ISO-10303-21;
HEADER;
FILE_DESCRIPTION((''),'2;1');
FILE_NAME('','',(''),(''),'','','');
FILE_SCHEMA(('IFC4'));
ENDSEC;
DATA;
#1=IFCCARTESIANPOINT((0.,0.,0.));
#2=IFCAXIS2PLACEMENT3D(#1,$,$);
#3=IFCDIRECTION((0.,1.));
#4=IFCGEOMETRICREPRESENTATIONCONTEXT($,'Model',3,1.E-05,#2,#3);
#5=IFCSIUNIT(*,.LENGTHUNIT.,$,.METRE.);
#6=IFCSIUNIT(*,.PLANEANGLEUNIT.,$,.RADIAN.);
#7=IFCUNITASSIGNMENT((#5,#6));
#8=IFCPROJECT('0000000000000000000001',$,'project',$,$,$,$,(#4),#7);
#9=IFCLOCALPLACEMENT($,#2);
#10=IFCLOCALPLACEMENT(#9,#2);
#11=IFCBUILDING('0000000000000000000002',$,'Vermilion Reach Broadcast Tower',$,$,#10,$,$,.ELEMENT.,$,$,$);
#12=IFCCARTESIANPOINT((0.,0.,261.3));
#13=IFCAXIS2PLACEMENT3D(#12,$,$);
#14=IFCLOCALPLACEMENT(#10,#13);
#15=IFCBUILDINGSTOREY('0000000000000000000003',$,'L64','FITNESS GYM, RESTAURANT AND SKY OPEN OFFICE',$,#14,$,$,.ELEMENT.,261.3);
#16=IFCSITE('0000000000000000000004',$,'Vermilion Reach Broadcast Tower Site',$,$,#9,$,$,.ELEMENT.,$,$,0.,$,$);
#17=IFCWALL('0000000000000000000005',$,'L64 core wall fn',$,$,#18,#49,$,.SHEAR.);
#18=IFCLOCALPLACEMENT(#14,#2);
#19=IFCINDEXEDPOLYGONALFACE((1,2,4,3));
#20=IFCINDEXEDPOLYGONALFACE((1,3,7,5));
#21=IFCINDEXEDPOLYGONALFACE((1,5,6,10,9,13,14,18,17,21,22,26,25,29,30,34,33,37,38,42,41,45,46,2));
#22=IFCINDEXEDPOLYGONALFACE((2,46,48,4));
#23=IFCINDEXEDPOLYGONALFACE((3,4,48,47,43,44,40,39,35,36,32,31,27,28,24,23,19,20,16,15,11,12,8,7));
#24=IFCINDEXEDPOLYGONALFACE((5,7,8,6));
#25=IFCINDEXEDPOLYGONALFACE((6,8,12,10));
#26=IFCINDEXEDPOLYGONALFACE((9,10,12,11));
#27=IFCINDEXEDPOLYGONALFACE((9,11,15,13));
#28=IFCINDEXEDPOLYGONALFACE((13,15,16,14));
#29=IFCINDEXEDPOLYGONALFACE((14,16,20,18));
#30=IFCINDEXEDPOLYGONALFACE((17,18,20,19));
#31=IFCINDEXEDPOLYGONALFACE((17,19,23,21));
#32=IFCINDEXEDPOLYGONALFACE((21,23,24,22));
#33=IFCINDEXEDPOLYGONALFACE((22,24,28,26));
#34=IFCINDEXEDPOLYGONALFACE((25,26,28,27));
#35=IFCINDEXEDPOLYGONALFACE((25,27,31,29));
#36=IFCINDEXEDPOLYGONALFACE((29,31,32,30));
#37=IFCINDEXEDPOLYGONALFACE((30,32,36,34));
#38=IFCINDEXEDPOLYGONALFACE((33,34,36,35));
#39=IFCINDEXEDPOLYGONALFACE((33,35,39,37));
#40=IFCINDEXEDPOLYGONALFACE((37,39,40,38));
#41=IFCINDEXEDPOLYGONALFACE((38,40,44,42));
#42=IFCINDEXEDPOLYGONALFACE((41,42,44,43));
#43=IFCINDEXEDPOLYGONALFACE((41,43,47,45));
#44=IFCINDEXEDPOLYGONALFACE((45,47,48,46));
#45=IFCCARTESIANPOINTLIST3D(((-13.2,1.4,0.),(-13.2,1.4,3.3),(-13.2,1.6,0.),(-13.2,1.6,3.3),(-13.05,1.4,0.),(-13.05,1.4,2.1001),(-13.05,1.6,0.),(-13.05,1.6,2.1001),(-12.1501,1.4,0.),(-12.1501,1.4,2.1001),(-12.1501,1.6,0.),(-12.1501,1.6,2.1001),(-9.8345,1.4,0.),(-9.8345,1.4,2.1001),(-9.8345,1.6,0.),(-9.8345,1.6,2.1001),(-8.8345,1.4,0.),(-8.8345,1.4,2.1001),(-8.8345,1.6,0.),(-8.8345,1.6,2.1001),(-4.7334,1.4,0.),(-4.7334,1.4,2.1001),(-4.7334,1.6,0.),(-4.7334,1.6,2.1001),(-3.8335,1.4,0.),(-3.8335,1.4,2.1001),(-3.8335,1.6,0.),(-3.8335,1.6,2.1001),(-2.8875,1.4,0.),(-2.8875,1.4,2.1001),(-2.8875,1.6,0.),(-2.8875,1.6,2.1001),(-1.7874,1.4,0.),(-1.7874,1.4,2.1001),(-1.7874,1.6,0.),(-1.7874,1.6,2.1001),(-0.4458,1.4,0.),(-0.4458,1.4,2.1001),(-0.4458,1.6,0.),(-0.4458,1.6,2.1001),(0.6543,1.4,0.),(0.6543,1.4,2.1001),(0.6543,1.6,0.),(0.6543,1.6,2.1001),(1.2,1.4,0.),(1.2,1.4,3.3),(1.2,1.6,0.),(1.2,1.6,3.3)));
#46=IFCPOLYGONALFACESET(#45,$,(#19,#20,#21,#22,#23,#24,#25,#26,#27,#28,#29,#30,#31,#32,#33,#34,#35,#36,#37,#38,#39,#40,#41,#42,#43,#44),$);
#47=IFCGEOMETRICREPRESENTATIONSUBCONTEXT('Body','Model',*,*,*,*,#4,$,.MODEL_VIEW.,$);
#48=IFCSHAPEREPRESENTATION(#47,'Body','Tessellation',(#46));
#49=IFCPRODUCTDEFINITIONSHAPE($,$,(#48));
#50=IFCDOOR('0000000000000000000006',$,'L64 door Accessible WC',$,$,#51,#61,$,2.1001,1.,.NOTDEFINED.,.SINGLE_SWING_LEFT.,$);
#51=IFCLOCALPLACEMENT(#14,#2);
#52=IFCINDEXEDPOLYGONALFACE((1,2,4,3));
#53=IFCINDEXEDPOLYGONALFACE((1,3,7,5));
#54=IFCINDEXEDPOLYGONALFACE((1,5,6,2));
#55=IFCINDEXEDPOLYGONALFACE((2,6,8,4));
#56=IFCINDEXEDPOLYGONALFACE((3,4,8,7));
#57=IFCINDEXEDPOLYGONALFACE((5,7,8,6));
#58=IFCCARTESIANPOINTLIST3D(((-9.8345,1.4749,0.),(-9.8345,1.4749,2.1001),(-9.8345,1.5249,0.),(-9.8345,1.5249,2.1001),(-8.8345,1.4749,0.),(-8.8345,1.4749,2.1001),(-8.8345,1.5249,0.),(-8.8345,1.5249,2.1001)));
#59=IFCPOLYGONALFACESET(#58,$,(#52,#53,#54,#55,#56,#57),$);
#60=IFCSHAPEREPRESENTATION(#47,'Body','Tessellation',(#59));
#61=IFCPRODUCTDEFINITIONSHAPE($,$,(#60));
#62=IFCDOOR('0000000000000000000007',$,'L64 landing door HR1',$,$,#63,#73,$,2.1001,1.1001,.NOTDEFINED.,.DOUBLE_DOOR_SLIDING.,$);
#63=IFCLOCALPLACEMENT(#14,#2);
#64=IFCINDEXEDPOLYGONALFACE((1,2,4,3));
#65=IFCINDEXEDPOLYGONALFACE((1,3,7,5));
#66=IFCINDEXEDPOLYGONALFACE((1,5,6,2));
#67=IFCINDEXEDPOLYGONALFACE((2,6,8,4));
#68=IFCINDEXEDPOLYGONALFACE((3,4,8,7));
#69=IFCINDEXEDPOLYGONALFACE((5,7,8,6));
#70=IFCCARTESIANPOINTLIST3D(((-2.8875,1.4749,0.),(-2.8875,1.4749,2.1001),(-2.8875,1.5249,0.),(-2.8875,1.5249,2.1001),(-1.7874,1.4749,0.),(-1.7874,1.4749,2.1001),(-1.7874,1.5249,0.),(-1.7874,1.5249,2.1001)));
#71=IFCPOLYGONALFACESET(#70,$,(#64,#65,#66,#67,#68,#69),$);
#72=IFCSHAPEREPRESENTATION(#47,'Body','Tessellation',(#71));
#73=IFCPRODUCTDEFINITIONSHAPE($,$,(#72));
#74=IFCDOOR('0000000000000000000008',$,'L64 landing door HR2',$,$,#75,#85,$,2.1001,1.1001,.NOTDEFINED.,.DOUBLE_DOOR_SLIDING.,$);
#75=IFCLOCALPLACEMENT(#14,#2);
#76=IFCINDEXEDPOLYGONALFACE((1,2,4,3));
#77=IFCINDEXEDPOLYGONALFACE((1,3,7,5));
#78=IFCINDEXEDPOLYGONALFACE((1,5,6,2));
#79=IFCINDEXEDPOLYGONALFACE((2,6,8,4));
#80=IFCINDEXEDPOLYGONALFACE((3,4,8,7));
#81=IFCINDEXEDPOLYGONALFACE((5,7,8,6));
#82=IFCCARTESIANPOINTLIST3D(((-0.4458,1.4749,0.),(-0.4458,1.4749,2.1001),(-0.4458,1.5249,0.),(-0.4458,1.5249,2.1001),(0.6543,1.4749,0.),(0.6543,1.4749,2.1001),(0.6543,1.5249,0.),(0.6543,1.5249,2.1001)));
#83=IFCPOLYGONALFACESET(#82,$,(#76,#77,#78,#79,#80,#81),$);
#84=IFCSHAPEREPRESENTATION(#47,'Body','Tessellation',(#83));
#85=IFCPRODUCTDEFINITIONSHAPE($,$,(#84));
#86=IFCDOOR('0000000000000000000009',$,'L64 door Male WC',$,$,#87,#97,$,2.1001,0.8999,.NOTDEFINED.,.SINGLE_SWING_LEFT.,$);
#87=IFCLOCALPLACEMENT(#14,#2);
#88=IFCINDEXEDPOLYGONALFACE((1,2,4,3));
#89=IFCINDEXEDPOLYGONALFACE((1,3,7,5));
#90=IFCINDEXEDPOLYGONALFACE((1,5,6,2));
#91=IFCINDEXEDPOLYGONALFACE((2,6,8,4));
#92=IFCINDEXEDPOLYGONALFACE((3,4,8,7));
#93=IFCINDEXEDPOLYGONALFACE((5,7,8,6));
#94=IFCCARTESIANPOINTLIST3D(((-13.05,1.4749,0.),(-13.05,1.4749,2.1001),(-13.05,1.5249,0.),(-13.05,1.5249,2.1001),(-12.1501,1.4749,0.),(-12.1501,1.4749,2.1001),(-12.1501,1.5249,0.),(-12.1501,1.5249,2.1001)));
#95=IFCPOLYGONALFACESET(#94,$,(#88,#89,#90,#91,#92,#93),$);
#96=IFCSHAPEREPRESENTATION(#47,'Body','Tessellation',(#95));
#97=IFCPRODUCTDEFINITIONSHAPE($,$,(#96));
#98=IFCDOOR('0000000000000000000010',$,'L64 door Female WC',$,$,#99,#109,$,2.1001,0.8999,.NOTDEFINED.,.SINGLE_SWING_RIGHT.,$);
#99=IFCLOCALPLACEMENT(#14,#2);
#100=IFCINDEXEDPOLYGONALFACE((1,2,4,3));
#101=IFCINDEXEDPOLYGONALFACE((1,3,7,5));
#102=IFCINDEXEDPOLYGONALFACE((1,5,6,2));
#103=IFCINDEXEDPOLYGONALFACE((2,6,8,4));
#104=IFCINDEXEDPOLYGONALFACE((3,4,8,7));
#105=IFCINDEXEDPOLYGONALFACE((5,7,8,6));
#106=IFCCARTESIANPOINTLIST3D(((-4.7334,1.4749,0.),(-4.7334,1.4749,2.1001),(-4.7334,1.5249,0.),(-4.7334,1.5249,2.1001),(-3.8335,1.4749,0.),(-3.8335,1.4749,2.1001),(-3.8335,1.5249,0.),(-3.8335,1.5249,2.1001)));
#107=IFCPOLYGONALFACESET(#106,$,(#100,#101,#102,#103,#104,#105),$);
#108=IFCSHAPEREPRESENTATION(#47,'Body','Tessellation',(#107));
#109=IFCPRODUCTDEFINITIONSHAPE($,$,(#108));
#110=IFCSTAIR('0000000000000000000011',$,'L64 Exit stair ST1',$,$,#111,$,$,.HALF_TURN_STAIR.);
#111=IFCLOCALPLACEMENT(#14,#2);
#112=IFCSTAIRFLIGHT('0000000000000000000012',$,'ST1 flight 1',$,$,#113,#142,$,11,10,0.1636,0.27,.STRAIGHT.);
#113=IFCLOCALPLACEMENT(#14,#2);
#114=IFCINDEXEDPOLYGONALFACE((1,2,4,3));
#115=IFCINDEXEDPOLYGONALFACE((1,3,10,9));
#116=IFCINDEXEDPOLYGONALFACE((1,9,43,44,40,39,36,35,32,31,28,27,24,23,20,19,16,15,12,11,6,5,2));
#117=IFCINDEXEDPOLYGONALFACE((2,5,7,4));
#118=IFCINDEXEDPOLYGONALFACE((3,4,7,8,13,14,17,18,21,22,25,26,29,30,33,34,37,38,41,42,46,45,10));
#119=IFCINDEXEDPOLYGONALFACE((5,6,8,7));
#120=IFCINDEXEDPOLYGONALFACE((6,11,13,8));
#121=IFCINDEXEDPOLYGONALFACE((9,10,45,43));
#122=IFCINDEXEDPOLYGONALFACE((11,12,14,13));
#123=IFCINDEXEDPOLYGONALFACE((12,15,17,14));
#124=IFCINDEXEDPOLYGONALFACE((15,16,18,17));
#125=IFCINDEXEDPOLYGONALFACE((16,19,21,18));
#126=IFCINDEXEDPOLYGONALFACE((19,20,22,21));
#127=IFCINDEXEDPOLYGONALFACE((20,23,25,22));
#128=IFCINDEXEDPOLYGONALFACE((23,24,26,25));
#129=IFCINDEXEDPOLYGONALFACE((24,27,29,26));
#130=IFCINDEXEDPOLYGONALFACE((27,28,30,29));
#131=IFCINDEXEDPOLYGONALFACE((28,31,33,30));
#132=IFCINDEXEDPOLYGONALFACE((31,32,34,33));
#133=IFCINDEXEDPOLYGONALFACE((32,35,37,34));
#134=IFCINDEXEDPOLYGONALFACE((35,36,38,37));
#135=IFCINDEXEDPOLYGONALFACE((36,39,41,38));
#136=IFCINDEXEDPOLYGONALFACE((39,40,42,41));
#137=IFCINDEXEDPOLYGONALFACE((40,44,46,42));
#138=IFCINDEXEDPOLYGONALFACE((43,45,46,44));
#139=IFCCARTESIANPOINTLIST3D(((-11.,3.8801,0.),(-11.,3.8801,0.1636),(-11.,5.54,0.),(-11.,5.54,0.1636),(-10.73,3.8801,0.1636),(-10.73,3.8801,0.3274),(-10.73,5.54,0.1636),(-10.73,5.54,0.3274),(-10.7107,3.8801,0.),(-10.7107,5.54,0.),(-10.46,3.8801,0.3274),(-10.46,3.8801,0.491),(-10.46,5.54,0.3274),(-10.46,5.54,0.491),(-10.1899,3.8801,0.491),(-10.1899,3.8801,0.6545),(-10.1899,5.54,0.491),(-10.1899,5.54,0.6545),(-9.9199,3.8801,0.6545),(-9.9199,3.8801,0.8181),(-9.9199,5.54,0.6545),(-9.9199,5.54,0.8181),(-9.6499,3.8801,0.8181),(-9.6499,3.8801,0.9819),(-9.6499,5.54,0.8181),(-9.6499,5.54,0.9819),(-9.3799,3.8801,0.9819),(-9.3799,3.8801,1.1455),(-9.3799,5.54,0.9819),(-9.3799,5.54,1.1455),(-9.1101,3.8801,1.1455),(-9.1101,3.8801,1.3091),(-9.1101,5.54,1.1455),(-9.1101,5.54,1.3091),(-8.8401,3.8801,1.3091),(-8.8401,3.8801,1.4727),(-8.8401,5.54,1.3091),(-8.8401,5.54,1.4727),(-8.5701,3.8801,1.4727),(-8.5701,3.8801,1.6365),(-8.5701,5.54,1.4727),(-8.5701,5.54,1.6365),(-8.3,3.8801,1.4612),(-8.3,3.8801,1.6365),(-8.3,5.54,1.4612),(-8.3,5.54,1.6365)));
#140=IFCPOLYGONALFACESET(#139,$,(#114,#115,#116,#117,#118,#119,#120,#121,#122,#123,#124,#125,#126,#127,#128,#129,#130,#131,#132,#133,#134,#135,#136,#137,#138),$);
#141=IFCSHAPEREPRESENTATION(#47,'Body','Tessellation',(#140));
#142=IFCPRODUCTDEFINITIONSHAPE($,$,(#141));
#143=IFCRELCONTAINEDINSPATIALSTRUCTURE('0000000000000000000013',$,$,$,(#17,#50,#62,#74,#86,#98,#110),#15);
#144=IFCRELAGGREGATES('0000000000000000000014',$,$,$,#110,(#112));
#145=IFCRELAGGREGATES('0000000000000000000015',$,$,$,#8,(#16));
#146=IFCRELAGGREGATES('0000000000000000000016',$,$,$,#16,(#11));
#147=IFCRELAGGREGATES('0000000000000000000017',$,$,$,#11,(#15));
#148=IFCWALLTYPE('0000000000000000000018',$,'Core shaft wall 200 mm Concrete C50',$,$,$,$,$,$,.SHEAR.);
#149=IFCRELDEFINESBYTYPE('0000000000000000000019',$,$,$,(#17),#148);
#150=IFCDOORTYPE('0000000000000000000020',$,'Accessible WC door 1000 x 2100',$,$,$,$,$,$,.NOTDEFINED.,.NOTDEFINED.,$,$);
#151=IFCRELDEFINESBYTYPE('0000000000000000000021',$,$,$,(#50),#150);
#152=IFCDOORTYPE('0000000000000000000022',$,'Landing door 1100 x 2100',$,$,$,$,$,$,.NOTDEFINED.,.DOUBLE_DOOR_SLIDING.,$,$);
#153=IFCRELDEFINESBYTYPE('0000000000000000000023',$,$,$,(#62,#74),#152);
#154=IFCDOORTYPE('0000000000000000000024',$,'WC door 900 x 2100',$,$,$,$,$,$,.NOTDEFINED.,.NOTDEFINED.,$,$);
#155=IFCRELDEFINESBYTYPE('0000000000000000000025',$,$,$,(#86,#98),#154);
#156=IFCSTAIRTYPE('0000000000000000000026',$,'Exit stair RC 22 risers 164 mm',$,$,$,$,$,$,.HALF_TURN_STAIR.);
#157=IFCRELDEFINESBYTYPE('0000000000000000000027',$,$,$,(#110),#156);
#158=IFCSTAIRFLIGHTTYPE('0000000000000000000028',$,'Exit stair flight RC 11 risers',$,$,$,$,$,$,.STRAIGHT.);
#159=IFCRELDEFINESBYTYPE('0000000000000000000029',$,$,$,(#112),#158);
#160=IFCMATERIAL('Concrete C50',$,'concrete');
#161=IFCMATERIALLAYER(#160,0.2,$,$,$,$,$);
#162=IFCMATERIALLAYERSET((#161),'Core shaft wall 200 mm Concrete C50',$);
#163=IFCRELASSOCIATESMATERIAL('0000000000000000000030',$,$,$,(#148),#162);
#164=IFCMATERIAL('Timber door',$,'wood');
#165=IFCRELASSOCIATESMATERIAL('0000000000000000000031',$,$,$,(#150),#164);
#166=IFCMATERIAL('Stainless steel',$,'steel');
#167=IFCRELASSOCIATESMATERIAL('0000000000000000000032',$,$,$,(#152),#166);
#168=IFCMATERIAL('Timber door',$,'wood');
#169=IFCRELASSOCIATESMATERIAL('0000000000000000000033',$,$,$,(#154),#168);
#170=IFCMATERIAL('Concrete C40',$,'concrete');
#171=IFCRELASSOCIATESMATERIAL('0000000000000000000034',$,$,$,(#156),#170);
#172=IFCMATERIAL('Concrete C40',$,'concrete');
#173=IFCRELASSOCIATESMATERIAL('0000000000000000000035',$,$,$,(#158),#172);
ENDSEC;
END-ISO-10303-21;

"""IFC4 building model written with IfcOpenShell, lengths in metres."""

from ifc_helpers import new_model, si_unit, direction, frame, frame_2d, origin, place, context, subcontext, project, spatial, polyline, rectangle, outline, extrude, material, layer, layer_set, type_object, element, fill, aggregate, save


model = new_model("IFC4")

# Units and contexts
model_context = context("Model", 3, precision=1e-05, world=origin(), true_north=direction((0.0, 1.0)))
body_context = subcontext(model_context, "Body", "Model", "MODEL_VIEW")
ifc_project = project(units=[si_unit("LENGTHUNIT", "METRE"), si_unit("PLANEANGLEUNIT", "RADIAN")], contexts=[model_context])

# Site, building, storey
site_placement = place(None, origin())
site = spatial("IfcSite", under=ifc_project, at=site_placement, Name="Vermilion Reach Broadcast Tower Site", CompositionType="ELEMENT", RefElevation=0.0)
building_placement = place(site_placement, origin())
building = spatial("IfcBuilding", under=site, at=building_placement, Name="Vermilion Reach Broadcast Tower", CompositionType="ELEMENT")
storey_placement = place(building_placement, frame((0.0, 0.0, 261.3)))
storey = spatial("IfcBuildingStorey", under=building, at=storey_placement, Name="L64", Description="FITNESS GYM, RESTAURANT AND SKY OPEN OFFICE", CompositionType="ELEMENT", Elevation=261.3)

# Wall, openings, doors
ifc_material_1 = material(Name="Concrete C50", Category="concrete")
ifc_layer_1 = layer(ifc_material_1, 0.2)
ifc_layer_set_1 = layer_set([ifc_layer_1], Name="Core shaft wall 200 mm Concrete C50")
wall_type_1 = type_object("IfcWallType", Name="Core shaft wall 200 mm Concrete C50", PredefinedType="SHEAR", material=ifc_layer_set_1)
wall_1_placement = place(storey_placement, frame((-13.2, 1.5, 0.0), z_axis=(0.0, 0.0, 1.0), x_axis=(1.0, 0.0, 0.0)))
wall_1 = element("IfcWall", 1, at=wall_1_placement, inside=storey, type_object=wall_type_1, Name="L64 core wall fn", PredefinedType="SHEAR", context=body_context, shape_type="SweptSolid", body=[
    extrude(rectangle(XDim=14.3999, YDim=0.2, at=frame_2d((7.2, 0.0))), origin(), (0.0, 0.0, 1.0), 3.3),
])
opening_1_placement = place(wall_1_placement, frame((10.3125, 0.0, 0.0)))
opening_1 = element("IfcOpeningElement", 2, at=opening_1_placement, cuts=wall_1, PredefinedType="OPENING", context=body_context, shape_type="SweptSolid", body=[
    extrude(rectangle(XDim=1.1001, YDim=2.1001, at=frame_2d((0.55, 1.05))), frame((0.0, 0.1099, 0.0), z_axis=(0.0, -1.0, 0.0), x_axis=(1.0, 0.0, 0.0)), (0.0, 0.0, 1.0), 0.22),
])
opening_2_placement = place(wall_1_placement, frame((12.7542, 0.0, 0.0)))
opening_2 = element("IfcOpeningElement", 3, at=opening_2_placement, cuts=wall_1, PredefinedType="OPENING", context=body_context, shape_type="SweptSolid", body=[
    extrude(rectangle(XDim=1.1001, YDim=2.1001, at=frame_2d((0.55, 1.05))), frame((0.0, 0.1099, 0.0), z_axis=(0.0, -1.0, 0.0), x_axis=(1.0, 0.0, 0.0)), (0.0, 0.0, 1.0), 0.22),
])
opening_3_placement = place(wall_1_placement, frame((0.1499, 0.0, 0.0)))
opening_3 = element("IfcOpeningElement", 4, at=opening_3_placement, cuts=wall_1, PredefinedType="OPENING", context=body_context, shape_type="SweptSolid", body=[
    extrude(rectangle(XDim=0.8999, YDim=2.1001, at=frame_2d((0.45, 1.05))), frame((0.0, 0.1099, 0.0), z_axis=(0.0, -1.0, 0.0), x_axis=(1.0, 0.0, 0.0)), (0.0, 0.0, 1.0), 0.22),
])
opening_4_placement = place(wall_1_placement, frame((3.3655, 0.0, 0.0)))
opening_4 = element("IfcOpeningElement", 5, at=opening_4_placement, cuts=wall_1, PredefinedType="OPENING", context=body_context, shape_type="SweptSolid", body=[
    extrude(rectangle(XDim=1.0, YDim=2.1001, at=frame_2d((0.5, 1.05))), frame((0.0, 0.1099, 0.0), z_axis=(0.0, -1.0, 0.0), x_axis=(1.0, 0.0, 0.0)), (0.0, 0.0, 1.0), 0.22),
])
opening_5_placement = place(wall_1_placement, frame((8.4666, 0.0, 0.0)))
opening_5 = element("IfcOpeningElement", 6, at=opening_5_placement, cuts=wall_1, PredefinedType="OPENING", context=body_context, shape_type="SweptSolid", body=[
    extrude(rectangle(XDim=0.8999, YDim=2.1001, at=frame_2d((0.45, 1.05))), frame((0.0, 0.1099, 0.0), z_axis=(0.0, -1.0, 0.0), x_axis=(1.0, 0.0, 0.0)), (0.0, 0.0, 1.0), 0.22),
])
ifc_material_2 = material(Name="Timber door", Category="wood")
door_type_1 = type_object("IfcDoorType", Name="Accessible WC door 1000 x 2100", OperationType="NOTDEFINED", PredefinedType="NOTDEFINED", material=ifc_material_2)
door_1_placement = place(opening_4_placement, origin())
door_1 = element("IfcDoor", 7, at=door_1_placement, inside=storey, type_object=door_type_1, Name="L64 door Accessible WC", OperationType="SINGLE_SWING_LEFT", OverallHeight=2.1001, OverallWidth=1.0, PredefinedType="NOTDEFINED", context=body_context, shape_type="SweptSolid", body=[
    extrude(rectangle(XDim=1.0, YDim=2.1001, at=frame_2d((0.5, 1.05))), frame((0.0, 0.0249, 0.0), z_axis=(0.0, -1.0, 0.0), x_axis=(1.0, 0.0, 0.0)), (0.0, 0.0, 1.0), 0.05),
])
fill(opening_4, door_1)
ifc_material_3 = material(Name="Stainless steel", Category="steel")
door_type_2 = type_object("IfcDoorType", Name="Landing door 1100 x 2100", OperationType="DOUBLE_DOOR_SLIDING", PredefinedType="NOTDEFINED", material=ifc_material_3)
door_2_placement = place(opening_1_placement, origin())
door_2 = element("IfcDoor", 8, at=door_2_placement, inside=storey, type_object=door_type_2, Name="L64 landing door HR1", OperationType="DOUBLE_DOOR_SLIDING", OverallHeight=2.1001, OverallWidth=1.1001, PredefinedType="NOTDEFINED", context=body_context, shape_type="SweptSolid", body=[
    extrude(rectangle(XDim=1.1001, YDim=2.1001, at=frame_2d((0.55, 1.05))), frame((0.0, 0.0249, 0.0), z_axis=(0.0, -1.0, 0.0), x_axis=(1.0, 0.0, 0.0)), (0.0, 0.0, 1.0), 0.05),
])
fill(opening_1, door_2)
door_3_placement = place(opening_2_placement, origin())
door_3 = element("IfcDoor", 9, at=door_3_placement, inside=storey, type_object=door_type_2, Name="L64 landing door HR2", OperationType="DOUBLE_DOOR_SLIDING", OverallHeight=2.1001, OverallWidth=1.1001, PredefinedType="NOTDEFINED", context=body_context, shape_type="SweptSolid", body=[
    extrude(rectangle(XDim=1.1001, YDim=2.1001, at=frame_2d((0.55, 1.05))), frame((0.0, 0.0249, 0.0), z_axis=(0.0, -1.0, 0.0), x_axis=(1.0, 0.0, 0.0)), (0.0, 0.0, 1.0), 0.05),
])
fill(opening_2, door_3)
ifc_material_4 = material(Name="Timber door", Category="wood")
door_type_3 = type_object("IfcDoorType", Name="WC door 900 x 2100", OperationType="NOTDEFINED", PredefinedType="NOTDEFINED", material=ifc_material_4)
door_4_placement = place(opening_3_placement, origin())
door_4 = element("IfcDoor", 10, at=door_4_placement, inside=storey, type_object=door_type_3, Name="L64 door Male WC", OperationType="SINGLE_SWING_LEFT", OverallHeight=2.1001, OverallWidth=0.8999, PredefinedType="NOTDEFINED", context=body_context, shape_type="SweptSolid", body=[
    extrude(rectangle(XDim=0.8999, YDim=2.1001, at=frame_2d((0.45, 1.05))), frame((0.0, 0.0249, 0.0), z_axis=(0.0, -1.0, 0.0), x_axis=(1.0, 0.0, 0.0)), (0.0, 0.0, 1.0), 0.05),
])
fill(opening_3, door_4)
door_5_placement = place(opening_5_placement, origin())
door_5 = element("IfcDoor", 11, at=door_5_placement, inside=storey, type_object=door_type_3, Name="L64 door Female WC", OperationType="SINGLE_SWING_RIGHT", OverallHeight=2.1001, OverallWidth=0.8999, PredefinedType="NOTDEFINED", context=body_context, shape_type="SweptSolid", body=[
    extrude(rectangle(XDim=0.8999, YDim=2.1001, at=frame_2d((0.45, 1.05))), frame((0.0, 0.0249, 0.0), z_axis=(0.0, -1.0, 0.0), x_axis=(1.0, 0.0, 0.0)), (0.0, 0.0, 1.0), 0.05),
])
fill(opening_5, door_5)

# Stair, stair flight
ifc_material_5 = material(Name="Concrete C40", Category="concrete")
stair_type = type_object("IfcStairType", Name="Exit stair RC 22 risers 164 mm", PredefinedType="HALF_TURN_STAIR", material=ifc_material_5)
stair_placement = place(storey_placement, origin())
stair = element("IfcStair", 12, at=stair_placement, inside=storey, type_object=stair_type, Name="L64 Exit stair ST1", PredefinedType="HALF_TURN_STAIR")
ifc_material_6 = material(Name="Concrete C40", Category="concrete")
stair_flight_type = type_object("IfcStairFlightType", Name="Exit stair flight RC 11 risers", PredefinedType="STRAIGHT", material=ifc_material_6)
stair_flight_1_placement = place(storey_placement, frame((-11.0, 4.71, 0.0), z_axis=(0.0, 0.0, 1.0), x_axis=(1.0, 0.0, 0.0)))
stair_flight_1 = element("IfcStairFlight", 13, at=stair_flight_1_placement, type_object=stair_flight_type, Name="ST1 flight 1", NumberOfRisers=11, NumberOfTreads=10, PredefinedType="STRAIGHT", RiserHeight=0.1636, TreadLength=0.27, context=body_context, shape_type="SweptSolid", body=[
    extrude(outline(polyline([(0.0, 0.0), (0.0, 0.1636), (0.27, 0.1636), (0.27, 0.3274), (0.54, 0.3274), (0.54, 0.491), (0.8101, 0.491), (0.8101, 0.6545), (1.0801, 0.6545), (1.0801, 0.8181), (1.3501, 0.8181), (1.3501, 0.9819), (1.6201, 0.9819), (1.6201, 1.1455), (1.8899, 1.1455), (1.8899, 1.3091), (2.1599, 1.3091), (2.1599, 1.4727), (2.4299, 1.4727), (2.4299, 1.6365), (2.7, 1.6365), (2.7, 1.8), (2.7, 1.4612), (0.2893, 0.0), (0.0, 0.0)])), frame((0.0, 0.8301, 0.0), z_axis=(0.0, -1.0, 0.0), x_axis=(1.0, 0.0, 0.0)), (0.0, 0.0, 1.0), 1.6599),
])
aggregate(stair, [stair_flight_1])

save(model, "model.ifc")
